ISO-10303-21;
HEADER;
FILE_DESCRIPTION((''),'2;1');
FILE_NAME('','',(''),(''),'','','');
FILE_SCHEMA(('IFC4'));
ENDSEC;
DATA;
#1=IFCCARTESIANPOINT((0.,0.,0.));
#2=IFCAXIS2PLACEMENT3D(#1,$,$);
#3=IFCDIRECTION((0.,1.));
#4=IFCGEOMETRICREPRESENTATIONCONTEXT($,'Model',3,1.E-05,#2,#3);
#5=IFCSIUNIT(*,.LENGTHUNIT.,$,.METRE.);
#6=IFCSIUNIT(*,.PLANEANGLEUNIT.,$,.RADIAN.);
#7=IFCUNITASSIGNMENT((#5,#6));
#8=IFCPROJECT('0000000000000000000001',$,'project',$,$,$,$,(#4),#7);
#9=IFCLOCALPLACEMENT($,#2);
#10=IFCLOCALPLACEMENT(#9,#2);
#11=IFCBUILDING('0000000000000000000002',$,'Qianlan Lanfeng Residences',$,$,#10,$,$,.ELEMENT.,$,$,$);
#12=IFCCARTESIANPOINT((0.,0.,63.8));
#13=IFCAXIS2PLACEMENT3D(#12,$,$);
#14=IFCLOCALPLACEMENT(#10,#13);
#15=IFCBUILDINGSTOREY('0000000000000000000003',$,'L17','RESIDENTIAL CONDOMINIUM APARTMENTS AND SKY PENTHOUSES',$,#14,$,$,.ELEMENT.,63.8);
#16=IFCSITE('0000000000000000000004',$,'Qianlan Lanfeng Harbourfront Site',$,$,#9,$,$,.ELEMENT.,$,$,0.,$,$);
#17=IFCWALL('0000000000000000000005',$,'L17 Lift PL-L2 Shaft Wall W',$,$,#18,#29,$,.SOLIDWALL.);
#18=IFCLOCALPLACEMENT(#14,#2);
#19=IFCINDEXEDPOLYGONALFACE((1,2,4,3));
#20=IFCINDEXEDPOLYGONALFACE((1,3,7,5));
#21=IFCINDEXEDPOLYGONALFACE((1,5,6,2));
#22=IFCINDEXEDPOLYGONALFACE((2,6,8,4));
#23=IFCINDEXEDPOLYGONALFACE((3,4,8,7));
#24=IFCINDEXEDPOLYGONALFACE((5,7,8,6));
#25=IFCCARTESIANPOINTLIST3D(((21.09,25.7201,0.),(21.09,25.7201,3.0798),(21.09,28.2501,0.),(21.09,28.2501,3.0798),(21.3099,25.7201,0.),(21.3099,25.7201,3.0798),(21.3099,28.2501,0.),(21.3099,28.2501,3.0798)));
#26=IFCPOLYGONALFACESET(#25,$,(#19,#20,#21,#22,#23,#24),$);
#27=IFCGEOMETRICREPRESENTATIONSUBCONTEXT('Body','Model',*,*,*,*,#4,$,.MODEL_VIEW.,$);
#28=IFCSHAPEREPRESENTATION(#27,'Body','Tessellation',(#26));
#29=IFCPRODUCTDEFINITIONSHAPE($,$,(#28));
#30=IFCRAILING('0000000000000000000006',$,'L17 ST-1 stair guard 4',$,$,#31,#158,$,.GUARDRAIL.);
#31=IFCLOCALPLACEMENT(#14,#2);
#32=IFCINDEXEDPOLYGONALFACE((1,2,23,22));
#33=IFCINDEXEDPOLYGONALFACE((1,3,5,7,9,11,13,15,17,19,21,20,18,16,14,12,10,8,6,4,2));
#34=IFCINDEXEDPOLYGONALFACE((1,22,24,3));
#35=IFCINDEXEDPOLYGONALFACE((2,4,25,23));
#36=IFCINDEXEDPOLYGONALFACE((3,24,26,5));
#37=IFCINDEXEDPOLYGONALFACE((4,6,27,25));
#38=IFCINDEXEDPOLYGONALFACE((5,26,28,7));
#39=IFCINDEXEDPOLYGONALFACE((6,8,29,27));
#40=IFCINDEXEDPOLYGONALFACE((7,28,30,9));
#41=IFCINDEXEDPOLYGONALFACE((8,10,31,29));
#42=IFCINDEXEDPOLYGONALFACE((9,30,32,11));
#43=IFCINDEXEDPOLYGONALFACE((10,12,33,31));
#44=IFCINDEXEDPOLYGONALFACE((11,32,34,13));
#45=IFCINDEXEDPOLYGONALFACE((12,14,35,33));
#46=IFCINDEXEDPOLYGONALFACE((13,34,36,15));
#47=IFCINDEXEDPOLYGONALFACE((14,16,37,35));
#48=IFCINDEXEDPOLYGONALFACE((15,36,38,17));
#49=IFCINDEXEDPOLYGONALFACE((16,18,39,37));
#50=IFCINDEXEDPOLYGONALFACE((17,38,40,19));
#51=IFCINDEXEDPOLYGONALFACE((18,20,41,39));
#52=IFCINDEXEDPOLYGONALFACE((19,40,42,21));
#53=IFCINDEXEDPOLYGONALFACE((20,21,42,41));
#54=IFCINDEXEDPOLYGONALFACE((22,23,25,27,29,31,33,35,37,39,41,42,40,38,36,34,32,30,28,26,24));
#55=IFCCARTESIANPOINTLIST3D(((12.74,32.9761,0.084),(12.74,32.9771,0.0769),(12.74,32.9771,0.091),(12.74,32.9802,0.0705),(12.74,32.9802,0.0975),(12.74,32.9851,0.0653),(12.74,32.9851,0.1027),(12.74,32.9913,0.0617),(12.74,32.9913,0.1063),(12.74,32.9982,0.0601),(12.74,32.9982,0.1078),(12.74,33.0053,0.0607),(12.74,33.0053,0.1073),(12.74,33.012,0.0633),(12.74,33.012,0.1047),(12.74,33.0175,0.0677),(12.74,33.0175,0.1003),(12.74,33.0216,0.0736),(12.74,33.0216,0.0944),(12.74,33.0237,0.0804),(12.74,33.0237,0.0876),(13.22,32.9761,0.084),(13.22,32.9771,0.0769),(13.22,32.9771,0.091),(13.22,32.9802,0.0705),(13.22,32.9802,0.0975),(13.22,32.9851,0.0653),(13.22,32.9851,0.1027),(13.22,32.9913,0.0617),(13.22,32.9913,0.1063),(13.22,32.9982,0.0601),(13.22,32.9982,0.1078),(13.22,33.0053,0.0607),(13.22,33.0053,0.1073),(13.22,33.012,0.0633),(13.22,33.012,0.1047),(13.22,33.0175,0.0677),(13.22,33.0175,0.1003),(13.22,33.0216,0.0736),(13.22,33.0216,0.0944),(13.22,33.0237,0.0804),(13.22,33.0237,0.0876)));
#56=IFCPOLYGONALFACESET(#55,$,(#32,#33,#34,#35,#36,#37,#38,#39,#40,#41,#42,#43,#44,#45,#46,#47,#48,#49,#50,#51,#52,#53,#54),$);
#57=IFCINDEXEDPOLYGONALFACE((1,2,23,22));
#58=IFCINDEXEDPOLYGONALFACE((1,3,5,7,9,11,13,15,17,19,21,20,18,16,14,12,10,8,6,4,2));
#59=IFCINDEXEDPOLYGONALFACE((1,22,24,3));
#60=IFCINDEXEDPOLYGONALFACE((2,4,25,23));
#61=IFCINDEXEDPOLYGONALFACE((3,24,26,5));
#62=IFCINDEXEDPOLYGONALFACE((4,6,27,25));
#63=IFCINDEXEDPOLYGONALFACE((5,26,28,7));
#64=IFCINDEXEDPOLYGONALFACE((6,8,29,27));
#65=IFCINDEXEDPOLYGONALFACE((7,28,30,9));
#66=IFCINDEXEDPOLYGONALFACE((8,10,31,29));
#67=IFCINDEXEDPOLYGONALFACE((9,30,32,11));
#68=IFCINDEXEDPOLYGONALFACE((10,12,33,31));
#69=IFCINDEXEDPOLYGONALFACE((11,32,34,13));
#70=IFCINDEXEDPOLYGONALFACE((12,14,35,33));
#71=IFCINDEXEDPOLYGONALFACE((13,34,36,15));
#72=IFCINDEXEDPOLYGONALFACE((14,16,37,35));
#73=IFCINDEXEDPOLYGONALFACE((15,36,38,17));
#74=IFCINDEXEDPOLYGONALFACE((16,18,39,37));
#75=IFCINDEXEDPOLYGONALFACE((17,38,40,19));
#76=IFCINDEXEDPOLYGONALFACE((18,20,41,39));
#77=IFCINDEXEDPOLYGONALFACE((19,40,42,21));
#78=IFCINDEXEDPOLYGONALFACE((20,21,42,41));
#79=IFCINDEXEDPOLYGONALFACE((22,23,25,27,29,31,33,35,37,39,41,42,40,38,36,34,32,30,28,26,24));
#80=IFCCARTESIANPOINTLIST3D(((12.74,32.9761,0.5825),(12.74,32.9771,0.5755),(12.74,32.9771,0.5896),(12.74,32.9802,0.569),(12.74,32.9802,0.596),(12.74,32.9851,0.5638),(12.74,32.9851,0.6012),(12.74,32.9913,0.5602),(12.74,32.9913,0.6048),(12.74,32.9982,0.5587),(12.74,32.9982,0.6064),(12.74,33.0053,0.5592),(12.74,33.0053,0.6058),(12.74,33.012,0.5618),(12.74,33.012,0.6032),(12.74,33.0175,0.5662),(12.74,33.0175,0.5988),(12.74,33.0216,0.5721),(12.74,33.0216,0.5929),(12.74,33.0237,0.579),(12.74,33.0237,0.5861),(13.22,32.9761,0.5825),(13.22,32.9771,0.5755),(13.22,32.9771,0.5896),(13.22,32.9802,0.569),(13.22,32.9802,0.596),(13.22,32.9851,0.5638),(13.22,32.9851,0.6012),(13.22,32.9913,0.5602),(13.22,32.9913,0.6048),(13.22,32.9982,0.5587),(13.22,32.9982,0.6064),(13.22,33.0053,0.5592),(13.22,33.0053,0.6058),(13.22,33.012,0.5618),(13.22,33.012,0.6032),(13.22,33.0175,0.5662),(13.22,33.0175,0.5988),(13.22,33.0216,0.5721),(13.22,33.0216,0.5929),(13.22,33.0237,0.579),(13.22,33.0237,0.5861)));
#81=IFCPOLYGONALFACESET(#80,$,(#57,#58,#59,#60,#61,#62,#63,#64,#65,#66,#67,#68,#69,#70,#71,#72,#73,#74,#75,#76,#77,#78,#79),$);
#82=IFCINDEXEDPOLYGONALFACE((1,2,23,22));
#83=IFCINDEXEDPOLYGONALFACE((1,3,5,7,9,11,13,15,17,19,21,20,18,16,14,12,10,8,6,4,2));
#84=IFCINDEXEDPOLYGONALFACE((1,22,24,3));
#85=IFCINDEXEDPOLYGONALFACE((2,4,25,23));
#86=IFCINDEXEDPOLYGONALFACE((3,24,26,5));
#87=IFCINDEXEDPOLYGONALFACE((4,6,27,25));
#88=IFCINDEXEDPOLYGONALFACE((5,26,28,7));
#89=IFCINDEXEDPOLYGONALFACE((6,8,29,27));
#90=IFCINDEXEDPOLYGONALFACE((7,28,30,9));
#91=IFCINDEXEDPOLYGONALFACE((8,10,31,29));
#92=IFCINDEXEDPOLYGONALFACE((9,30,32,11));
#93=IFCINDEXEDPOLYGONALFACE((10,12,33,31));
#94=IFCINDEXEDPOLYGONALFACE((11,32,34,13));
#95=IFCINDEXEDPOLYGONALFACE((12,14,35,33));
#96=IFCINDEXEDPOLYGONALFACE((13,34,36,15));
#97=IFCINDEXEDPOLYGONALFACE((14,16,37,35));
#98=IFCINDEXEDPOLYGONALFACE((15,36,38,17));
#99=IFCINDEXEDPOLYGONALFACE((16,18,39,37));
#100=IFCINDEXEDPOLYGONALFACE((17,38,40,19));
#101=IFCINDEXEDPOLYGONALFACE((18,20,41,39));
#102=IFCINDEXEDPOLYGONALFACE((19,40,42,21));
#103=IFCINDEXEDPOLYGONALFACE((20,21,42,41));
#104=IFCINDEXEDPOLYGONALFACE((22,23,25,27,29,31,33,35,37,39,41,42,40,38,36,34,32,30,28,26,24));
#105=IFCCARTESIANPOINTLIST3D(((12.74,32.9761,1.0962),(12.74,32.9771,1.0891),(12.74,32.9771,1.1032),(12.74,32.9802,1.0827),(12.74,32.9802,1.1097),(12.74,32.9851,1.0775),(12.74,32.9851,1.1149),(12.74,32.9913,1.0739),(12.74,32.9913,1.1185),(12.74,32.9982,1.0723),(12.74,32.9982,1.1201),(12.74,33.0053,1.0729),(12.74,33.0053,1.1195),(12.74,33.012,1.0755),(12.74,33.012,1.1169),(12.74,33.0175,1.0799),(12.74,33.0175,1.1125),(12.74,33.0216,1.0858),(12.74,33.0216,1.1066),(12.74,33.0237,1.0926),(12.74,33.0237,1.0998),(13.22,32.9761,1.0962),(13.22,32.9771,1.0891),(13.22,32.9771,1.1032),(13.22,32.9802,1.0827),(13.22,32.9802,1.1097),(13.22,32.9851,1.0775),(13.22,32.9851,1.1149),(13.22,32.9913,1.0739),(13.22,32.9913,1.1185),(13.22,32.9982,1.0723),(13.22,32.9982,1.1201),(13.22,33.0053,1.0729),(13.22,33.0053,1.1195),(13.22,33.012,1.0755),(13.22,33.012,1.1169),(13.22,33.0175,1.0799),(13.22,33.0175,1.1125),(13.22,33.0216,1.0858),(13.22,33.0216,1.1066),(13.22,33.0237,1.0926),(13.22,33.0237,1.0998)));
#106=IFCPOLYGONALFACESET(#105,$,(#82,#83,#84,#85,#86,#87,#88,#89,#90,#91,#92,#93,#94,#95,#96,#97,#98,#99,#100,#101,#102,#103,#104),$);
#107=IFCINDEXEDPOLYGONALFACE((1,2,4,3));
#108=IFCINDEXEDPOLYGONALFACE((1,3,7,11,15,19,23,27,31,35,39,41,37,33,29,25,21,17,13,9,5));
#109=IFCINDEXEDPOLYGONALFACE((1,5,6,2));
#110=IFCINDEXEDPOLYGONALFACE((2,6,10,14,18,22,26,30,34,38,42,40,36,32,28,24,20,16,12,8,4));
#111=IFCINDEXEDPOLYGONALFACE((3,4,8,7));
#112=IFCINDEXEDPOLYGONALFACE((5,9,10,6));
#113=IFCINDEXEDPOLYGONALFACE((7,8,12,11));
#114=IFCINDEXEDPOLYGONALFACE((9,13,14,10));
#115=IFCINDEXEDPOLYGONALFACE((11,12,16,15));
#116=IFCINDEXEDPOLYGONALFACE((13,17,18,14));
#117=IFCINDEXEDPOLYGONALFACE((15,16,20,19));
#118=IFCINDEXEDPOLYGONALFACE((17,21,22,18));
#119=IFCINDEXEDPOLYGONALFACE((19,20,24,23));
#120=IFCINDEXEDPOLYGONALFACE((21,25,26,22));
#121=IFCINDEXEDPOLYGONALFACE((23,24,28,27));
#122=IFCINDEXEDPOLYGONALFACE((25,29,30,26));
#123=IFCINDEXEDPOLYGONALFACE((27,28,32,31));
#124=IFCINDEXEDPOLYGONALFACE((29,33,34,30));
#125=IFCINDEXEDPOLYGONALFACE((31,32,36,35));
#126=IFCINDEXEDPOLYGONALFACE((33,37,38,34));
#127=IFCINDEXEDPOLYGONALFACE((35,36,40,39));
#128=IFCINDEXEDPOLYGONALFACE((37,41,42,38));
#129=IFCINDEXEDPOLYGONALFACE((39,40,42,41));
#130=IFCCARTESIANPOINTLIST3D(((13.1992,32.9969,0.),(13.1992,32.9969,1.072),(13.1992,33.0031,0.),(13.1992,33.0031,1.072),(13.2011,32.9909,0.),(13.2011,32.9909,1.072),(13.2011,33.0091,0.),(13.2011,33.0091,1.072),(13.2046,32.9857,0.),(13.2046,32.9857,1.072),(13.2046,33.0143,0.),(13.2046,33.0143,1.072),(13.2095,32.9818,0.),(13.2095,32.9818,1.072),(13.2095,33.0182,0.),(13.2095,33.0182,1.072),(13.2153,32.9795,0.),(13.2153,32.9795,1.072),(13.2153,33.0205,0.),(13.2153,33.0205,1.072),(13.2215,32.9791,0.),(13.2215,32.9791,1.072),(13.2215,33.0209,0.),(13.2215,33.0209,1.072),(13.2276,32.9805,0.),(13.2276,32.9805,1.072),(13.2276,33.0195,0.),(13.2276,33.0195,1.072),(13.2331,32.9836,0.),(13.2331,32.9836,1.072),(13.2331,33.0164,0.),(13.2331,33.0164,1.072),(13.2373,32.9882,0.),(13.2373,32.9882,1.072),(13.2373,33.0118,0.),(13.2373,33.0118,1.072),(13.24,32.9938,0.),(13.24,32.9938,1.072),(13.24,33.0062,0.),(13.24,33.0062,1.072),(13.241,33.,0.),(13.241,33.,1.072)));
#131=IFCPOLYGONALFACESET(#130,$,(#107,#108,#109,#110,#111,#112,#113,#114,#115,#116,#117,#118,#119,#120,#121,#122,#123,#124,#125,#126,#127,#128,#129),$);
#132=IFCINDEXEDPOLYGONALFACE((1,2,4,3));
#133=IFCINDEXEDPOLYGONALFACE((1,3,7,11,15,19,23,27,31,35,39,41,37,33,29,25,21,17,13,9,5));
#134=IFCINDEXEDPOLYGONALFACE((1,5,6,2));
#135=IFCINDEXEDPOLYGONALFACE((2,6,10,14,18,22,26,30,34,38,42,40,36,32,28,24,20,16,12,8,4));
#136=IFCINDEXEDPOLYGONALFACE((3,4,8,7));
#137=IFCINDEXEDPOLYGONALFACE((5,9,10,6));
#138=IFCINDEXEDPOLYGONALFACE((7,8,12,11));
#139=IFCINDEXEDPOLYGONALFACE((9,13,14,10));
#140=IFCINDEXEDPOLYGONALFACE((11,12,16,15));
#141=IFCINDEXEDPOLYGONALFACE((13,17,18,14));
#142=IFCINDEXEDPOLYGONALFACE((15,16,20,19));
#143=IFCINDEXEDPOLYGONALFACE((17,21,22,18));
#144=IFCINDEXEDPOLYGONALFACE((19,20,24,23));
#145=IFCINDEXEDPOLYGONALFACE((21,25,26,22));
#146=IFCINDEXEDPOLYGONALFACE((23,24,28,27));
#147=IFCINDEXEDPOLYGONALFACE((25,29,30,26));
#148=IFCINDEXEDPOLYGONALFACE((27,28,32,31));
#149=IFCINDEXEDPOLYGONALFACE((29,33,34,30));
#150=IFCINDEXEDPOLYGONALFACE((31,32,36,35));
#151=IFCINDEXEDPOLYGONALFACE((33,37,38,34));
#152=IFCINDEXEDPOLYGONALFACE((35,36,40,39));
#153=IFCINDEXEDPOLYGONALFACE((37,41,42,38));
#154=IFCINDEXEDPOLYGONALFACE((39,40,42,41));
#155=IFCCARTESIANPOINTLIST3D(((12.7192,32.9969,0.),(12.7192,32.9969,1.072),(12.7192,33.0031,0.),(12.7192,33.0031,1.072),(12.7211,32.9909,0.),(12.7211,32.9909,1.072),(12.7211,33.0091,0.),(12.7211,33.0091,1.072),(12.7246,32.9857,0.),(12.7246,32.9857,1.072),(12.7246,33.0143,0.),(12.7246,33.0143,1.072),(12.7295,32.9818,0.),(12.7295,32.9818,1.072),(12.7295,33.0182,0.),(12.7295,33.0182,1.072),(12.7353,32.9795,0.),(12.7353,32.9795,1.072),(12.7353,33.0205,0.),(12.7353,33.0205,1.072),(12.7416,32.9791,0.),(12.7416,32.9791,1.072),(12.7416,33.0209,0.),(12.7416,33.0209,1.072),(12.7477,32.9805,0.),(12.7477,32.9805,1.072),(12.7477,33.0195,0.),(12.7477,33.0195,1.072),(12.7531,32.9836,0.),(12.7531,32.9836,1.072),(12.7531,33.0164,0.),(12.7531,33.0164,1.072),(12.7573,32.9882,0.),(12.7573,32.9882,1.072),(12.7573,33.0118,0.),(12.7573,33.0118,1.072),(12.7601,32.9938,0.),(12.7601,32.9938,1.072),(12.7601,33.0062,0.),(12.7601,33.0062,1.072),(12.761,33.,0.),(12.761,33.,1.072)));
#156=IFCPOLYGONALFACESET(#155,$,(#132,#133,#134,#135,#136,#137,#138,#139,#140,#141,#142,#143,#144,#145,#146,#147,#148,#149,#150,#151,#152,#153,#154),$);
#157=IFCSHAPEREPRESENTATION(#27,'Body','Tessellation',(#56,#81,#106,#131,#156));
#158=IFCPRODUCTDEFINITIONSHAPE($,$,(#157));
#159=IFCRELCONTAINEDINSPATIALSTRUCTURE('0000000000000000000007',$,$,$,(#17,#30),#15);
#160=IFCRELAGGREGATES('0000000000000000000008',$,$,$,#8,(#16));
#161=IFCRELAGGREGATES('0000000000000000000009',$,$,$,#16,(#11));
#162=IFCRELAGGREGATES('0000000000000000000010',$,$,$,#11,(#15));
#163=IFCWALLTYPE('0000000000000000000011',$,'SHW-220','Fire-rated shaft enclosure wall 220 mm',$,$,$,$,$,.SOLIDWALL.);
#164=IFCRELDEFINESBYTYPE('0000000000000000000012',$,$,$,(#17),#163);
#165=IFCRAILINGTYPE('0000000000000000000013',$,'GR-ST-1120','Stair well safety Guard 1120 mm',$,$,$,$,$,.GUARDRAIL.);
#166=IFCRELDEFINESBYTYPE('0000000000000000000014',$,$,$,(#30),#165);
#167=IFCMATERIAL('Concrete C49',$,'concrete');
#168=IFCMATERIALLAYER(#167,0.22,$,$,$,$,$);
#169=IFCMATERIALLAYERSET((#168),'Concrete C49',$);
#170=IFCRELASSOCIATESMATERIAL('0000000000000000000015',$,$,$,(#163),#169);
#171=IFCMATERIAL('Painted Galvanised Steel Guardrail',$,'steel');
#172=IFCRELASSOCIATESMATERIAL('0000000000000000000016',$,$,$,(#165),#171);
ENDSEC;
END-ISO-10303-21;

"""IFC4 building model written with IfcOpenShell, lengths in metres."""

from ifc_helpers import new_model, si_unit, direction, frame, frame_2d, origin, origin_2d, place, context, subcontext, project, spatial, rectangle, circle, extrude, material, layer, layer_set, type_object, element, save


model = new_model("IFC4")

# Units and contexts
model_context = context("Model", 3, precision=1e-05, world=origin(), true_north=direction((0.0, 1.0)))
body_context = subcontext(model_context, "Body", "Model", "MODEL_VIEW")
ifc_project = project(units=[si_unit("LENGTHUNIT", "METRE"), si_unit("PLANEANGLEUNIT", "RADIAN")], contexts=[model_context])

# Site, building, storey
site_placement = place(None, origin())
site = spatial("IfcSite", under=ifc_project, at=site_placement, Name="Qianlan Lanfeng Harbourfront Site", CompositionType="ELEMENT", RefElevation=0.0)
building_placement = place(site_placement, origin())
building = spatial("IfcBuilding", under=site, at=building_placement, Name="Qianlan Lanfeng Residences", CompositionType="ELEMENT")
storey_placement = place(building_placement, frame((0.0, 0.0, 63.8)))
storey = spatial("IfcBuildingStorey", under=building, at=storey_placement, Name="L17", Description="RESIDENTIAL CONDOMINIUM APARTMENTS AND SKY PENTHOUSES", CompositionType="ELEMENT", Elevation=63.8)

# Wall
ifc_material_1 = material(Name="Concrete C49", Category="concrete")
ifc_layer_1 = layer(ifc_material_1, 0.22)
ifc_layer_set_1 = layer_set([ifc_layer_1], Name="Concrete C49")
wall_type_1 = type_object("IfcWallType", Name="SHW-220", Description="Fire-rated shaft enclosure wall 220 mm", PredefinedType="SOLIDWALL", material=ifc_layer_set_1)
wall_1_placement = place(storey_placement, frame((21.2, 25.72, 0.0), z_axis=(0.0, 0.0, 1.0), x_axis=(0.0, 1.0, 0.0)))
element("IfcWall", 1, at=wall_1_placement, inside=storey, type_object=wall_type_1, Name="L17 Lift PL-L2 Shaft Wall W", PredefinedType="SOLIDWALL", context=body_context, shape_type="SweptSolid", body=[
    extrude(rectangle(XDim=2.53, YDim=0.22, at=frame_2d((1.2651, 0.0))), origin(), (0.0, 0.0, 1.0), 3.0798),
])

# Railing
ifc_material_2 = material(Name="Painted Galvanised Steel Guardrail", Category="steel")
railing_type = type_object("IfcRailingType", Name="GR-ST-1120", Description="Stair well safety Guard 1120 mm", PredefinedType="GUARDRAIL", material=ifc_material_2)
railing_placement = place(storey_placement, frame((13.22, 33.0, 0.0)))
element("IfcRailing", 2, at=railing_placement, inside=storey, type_object=railing_type, Name="L17 ST-1 stair guard 4", PredefinedType="GUARDRAIL", context=body_context, shape_type="SweptSolid", body=[
    extrude(circle(Radius=0.0239, at=origin_2d()), frame((0.0, 0.0, 0.084), z_axis=(-1.0, 0.0, 0.0), x_axis=(0.0, -1.0, 0.0)), (0.0, 0.0, 1.0), 0.48),
    extrude(circle(Radius=0.0239, at=origin_2d()), frame((0.0, 0.0, 0.5825), z_axis=(-1.0, 0.0, 0.0), x_axis=(0.0, -1.0, 0.0)), (0.0, 0.0, 1.0), 0.48),
    extrude(circle(Radius=0.0239, at=origin_2d()), frame((0.0, 0.0, 1.0962), z_axis=(-1.0, 0.0, 0.0), x_axis=(0.0, -1.0, 0.0)), (0.0, 0.0, 1.0), 0.48),
    extrude(circle(Radius=0.021, at=origin_2d()), origin(), (0.0, 0.0, 1.0), 1.072),
    extrude(circle(Radius=0.021, at=origin_2d()), frame((-0.48, 0.0, 0.0)), (0.0, 0.0, 1.0), 1.072),
])

save(model, "model.ifc")
